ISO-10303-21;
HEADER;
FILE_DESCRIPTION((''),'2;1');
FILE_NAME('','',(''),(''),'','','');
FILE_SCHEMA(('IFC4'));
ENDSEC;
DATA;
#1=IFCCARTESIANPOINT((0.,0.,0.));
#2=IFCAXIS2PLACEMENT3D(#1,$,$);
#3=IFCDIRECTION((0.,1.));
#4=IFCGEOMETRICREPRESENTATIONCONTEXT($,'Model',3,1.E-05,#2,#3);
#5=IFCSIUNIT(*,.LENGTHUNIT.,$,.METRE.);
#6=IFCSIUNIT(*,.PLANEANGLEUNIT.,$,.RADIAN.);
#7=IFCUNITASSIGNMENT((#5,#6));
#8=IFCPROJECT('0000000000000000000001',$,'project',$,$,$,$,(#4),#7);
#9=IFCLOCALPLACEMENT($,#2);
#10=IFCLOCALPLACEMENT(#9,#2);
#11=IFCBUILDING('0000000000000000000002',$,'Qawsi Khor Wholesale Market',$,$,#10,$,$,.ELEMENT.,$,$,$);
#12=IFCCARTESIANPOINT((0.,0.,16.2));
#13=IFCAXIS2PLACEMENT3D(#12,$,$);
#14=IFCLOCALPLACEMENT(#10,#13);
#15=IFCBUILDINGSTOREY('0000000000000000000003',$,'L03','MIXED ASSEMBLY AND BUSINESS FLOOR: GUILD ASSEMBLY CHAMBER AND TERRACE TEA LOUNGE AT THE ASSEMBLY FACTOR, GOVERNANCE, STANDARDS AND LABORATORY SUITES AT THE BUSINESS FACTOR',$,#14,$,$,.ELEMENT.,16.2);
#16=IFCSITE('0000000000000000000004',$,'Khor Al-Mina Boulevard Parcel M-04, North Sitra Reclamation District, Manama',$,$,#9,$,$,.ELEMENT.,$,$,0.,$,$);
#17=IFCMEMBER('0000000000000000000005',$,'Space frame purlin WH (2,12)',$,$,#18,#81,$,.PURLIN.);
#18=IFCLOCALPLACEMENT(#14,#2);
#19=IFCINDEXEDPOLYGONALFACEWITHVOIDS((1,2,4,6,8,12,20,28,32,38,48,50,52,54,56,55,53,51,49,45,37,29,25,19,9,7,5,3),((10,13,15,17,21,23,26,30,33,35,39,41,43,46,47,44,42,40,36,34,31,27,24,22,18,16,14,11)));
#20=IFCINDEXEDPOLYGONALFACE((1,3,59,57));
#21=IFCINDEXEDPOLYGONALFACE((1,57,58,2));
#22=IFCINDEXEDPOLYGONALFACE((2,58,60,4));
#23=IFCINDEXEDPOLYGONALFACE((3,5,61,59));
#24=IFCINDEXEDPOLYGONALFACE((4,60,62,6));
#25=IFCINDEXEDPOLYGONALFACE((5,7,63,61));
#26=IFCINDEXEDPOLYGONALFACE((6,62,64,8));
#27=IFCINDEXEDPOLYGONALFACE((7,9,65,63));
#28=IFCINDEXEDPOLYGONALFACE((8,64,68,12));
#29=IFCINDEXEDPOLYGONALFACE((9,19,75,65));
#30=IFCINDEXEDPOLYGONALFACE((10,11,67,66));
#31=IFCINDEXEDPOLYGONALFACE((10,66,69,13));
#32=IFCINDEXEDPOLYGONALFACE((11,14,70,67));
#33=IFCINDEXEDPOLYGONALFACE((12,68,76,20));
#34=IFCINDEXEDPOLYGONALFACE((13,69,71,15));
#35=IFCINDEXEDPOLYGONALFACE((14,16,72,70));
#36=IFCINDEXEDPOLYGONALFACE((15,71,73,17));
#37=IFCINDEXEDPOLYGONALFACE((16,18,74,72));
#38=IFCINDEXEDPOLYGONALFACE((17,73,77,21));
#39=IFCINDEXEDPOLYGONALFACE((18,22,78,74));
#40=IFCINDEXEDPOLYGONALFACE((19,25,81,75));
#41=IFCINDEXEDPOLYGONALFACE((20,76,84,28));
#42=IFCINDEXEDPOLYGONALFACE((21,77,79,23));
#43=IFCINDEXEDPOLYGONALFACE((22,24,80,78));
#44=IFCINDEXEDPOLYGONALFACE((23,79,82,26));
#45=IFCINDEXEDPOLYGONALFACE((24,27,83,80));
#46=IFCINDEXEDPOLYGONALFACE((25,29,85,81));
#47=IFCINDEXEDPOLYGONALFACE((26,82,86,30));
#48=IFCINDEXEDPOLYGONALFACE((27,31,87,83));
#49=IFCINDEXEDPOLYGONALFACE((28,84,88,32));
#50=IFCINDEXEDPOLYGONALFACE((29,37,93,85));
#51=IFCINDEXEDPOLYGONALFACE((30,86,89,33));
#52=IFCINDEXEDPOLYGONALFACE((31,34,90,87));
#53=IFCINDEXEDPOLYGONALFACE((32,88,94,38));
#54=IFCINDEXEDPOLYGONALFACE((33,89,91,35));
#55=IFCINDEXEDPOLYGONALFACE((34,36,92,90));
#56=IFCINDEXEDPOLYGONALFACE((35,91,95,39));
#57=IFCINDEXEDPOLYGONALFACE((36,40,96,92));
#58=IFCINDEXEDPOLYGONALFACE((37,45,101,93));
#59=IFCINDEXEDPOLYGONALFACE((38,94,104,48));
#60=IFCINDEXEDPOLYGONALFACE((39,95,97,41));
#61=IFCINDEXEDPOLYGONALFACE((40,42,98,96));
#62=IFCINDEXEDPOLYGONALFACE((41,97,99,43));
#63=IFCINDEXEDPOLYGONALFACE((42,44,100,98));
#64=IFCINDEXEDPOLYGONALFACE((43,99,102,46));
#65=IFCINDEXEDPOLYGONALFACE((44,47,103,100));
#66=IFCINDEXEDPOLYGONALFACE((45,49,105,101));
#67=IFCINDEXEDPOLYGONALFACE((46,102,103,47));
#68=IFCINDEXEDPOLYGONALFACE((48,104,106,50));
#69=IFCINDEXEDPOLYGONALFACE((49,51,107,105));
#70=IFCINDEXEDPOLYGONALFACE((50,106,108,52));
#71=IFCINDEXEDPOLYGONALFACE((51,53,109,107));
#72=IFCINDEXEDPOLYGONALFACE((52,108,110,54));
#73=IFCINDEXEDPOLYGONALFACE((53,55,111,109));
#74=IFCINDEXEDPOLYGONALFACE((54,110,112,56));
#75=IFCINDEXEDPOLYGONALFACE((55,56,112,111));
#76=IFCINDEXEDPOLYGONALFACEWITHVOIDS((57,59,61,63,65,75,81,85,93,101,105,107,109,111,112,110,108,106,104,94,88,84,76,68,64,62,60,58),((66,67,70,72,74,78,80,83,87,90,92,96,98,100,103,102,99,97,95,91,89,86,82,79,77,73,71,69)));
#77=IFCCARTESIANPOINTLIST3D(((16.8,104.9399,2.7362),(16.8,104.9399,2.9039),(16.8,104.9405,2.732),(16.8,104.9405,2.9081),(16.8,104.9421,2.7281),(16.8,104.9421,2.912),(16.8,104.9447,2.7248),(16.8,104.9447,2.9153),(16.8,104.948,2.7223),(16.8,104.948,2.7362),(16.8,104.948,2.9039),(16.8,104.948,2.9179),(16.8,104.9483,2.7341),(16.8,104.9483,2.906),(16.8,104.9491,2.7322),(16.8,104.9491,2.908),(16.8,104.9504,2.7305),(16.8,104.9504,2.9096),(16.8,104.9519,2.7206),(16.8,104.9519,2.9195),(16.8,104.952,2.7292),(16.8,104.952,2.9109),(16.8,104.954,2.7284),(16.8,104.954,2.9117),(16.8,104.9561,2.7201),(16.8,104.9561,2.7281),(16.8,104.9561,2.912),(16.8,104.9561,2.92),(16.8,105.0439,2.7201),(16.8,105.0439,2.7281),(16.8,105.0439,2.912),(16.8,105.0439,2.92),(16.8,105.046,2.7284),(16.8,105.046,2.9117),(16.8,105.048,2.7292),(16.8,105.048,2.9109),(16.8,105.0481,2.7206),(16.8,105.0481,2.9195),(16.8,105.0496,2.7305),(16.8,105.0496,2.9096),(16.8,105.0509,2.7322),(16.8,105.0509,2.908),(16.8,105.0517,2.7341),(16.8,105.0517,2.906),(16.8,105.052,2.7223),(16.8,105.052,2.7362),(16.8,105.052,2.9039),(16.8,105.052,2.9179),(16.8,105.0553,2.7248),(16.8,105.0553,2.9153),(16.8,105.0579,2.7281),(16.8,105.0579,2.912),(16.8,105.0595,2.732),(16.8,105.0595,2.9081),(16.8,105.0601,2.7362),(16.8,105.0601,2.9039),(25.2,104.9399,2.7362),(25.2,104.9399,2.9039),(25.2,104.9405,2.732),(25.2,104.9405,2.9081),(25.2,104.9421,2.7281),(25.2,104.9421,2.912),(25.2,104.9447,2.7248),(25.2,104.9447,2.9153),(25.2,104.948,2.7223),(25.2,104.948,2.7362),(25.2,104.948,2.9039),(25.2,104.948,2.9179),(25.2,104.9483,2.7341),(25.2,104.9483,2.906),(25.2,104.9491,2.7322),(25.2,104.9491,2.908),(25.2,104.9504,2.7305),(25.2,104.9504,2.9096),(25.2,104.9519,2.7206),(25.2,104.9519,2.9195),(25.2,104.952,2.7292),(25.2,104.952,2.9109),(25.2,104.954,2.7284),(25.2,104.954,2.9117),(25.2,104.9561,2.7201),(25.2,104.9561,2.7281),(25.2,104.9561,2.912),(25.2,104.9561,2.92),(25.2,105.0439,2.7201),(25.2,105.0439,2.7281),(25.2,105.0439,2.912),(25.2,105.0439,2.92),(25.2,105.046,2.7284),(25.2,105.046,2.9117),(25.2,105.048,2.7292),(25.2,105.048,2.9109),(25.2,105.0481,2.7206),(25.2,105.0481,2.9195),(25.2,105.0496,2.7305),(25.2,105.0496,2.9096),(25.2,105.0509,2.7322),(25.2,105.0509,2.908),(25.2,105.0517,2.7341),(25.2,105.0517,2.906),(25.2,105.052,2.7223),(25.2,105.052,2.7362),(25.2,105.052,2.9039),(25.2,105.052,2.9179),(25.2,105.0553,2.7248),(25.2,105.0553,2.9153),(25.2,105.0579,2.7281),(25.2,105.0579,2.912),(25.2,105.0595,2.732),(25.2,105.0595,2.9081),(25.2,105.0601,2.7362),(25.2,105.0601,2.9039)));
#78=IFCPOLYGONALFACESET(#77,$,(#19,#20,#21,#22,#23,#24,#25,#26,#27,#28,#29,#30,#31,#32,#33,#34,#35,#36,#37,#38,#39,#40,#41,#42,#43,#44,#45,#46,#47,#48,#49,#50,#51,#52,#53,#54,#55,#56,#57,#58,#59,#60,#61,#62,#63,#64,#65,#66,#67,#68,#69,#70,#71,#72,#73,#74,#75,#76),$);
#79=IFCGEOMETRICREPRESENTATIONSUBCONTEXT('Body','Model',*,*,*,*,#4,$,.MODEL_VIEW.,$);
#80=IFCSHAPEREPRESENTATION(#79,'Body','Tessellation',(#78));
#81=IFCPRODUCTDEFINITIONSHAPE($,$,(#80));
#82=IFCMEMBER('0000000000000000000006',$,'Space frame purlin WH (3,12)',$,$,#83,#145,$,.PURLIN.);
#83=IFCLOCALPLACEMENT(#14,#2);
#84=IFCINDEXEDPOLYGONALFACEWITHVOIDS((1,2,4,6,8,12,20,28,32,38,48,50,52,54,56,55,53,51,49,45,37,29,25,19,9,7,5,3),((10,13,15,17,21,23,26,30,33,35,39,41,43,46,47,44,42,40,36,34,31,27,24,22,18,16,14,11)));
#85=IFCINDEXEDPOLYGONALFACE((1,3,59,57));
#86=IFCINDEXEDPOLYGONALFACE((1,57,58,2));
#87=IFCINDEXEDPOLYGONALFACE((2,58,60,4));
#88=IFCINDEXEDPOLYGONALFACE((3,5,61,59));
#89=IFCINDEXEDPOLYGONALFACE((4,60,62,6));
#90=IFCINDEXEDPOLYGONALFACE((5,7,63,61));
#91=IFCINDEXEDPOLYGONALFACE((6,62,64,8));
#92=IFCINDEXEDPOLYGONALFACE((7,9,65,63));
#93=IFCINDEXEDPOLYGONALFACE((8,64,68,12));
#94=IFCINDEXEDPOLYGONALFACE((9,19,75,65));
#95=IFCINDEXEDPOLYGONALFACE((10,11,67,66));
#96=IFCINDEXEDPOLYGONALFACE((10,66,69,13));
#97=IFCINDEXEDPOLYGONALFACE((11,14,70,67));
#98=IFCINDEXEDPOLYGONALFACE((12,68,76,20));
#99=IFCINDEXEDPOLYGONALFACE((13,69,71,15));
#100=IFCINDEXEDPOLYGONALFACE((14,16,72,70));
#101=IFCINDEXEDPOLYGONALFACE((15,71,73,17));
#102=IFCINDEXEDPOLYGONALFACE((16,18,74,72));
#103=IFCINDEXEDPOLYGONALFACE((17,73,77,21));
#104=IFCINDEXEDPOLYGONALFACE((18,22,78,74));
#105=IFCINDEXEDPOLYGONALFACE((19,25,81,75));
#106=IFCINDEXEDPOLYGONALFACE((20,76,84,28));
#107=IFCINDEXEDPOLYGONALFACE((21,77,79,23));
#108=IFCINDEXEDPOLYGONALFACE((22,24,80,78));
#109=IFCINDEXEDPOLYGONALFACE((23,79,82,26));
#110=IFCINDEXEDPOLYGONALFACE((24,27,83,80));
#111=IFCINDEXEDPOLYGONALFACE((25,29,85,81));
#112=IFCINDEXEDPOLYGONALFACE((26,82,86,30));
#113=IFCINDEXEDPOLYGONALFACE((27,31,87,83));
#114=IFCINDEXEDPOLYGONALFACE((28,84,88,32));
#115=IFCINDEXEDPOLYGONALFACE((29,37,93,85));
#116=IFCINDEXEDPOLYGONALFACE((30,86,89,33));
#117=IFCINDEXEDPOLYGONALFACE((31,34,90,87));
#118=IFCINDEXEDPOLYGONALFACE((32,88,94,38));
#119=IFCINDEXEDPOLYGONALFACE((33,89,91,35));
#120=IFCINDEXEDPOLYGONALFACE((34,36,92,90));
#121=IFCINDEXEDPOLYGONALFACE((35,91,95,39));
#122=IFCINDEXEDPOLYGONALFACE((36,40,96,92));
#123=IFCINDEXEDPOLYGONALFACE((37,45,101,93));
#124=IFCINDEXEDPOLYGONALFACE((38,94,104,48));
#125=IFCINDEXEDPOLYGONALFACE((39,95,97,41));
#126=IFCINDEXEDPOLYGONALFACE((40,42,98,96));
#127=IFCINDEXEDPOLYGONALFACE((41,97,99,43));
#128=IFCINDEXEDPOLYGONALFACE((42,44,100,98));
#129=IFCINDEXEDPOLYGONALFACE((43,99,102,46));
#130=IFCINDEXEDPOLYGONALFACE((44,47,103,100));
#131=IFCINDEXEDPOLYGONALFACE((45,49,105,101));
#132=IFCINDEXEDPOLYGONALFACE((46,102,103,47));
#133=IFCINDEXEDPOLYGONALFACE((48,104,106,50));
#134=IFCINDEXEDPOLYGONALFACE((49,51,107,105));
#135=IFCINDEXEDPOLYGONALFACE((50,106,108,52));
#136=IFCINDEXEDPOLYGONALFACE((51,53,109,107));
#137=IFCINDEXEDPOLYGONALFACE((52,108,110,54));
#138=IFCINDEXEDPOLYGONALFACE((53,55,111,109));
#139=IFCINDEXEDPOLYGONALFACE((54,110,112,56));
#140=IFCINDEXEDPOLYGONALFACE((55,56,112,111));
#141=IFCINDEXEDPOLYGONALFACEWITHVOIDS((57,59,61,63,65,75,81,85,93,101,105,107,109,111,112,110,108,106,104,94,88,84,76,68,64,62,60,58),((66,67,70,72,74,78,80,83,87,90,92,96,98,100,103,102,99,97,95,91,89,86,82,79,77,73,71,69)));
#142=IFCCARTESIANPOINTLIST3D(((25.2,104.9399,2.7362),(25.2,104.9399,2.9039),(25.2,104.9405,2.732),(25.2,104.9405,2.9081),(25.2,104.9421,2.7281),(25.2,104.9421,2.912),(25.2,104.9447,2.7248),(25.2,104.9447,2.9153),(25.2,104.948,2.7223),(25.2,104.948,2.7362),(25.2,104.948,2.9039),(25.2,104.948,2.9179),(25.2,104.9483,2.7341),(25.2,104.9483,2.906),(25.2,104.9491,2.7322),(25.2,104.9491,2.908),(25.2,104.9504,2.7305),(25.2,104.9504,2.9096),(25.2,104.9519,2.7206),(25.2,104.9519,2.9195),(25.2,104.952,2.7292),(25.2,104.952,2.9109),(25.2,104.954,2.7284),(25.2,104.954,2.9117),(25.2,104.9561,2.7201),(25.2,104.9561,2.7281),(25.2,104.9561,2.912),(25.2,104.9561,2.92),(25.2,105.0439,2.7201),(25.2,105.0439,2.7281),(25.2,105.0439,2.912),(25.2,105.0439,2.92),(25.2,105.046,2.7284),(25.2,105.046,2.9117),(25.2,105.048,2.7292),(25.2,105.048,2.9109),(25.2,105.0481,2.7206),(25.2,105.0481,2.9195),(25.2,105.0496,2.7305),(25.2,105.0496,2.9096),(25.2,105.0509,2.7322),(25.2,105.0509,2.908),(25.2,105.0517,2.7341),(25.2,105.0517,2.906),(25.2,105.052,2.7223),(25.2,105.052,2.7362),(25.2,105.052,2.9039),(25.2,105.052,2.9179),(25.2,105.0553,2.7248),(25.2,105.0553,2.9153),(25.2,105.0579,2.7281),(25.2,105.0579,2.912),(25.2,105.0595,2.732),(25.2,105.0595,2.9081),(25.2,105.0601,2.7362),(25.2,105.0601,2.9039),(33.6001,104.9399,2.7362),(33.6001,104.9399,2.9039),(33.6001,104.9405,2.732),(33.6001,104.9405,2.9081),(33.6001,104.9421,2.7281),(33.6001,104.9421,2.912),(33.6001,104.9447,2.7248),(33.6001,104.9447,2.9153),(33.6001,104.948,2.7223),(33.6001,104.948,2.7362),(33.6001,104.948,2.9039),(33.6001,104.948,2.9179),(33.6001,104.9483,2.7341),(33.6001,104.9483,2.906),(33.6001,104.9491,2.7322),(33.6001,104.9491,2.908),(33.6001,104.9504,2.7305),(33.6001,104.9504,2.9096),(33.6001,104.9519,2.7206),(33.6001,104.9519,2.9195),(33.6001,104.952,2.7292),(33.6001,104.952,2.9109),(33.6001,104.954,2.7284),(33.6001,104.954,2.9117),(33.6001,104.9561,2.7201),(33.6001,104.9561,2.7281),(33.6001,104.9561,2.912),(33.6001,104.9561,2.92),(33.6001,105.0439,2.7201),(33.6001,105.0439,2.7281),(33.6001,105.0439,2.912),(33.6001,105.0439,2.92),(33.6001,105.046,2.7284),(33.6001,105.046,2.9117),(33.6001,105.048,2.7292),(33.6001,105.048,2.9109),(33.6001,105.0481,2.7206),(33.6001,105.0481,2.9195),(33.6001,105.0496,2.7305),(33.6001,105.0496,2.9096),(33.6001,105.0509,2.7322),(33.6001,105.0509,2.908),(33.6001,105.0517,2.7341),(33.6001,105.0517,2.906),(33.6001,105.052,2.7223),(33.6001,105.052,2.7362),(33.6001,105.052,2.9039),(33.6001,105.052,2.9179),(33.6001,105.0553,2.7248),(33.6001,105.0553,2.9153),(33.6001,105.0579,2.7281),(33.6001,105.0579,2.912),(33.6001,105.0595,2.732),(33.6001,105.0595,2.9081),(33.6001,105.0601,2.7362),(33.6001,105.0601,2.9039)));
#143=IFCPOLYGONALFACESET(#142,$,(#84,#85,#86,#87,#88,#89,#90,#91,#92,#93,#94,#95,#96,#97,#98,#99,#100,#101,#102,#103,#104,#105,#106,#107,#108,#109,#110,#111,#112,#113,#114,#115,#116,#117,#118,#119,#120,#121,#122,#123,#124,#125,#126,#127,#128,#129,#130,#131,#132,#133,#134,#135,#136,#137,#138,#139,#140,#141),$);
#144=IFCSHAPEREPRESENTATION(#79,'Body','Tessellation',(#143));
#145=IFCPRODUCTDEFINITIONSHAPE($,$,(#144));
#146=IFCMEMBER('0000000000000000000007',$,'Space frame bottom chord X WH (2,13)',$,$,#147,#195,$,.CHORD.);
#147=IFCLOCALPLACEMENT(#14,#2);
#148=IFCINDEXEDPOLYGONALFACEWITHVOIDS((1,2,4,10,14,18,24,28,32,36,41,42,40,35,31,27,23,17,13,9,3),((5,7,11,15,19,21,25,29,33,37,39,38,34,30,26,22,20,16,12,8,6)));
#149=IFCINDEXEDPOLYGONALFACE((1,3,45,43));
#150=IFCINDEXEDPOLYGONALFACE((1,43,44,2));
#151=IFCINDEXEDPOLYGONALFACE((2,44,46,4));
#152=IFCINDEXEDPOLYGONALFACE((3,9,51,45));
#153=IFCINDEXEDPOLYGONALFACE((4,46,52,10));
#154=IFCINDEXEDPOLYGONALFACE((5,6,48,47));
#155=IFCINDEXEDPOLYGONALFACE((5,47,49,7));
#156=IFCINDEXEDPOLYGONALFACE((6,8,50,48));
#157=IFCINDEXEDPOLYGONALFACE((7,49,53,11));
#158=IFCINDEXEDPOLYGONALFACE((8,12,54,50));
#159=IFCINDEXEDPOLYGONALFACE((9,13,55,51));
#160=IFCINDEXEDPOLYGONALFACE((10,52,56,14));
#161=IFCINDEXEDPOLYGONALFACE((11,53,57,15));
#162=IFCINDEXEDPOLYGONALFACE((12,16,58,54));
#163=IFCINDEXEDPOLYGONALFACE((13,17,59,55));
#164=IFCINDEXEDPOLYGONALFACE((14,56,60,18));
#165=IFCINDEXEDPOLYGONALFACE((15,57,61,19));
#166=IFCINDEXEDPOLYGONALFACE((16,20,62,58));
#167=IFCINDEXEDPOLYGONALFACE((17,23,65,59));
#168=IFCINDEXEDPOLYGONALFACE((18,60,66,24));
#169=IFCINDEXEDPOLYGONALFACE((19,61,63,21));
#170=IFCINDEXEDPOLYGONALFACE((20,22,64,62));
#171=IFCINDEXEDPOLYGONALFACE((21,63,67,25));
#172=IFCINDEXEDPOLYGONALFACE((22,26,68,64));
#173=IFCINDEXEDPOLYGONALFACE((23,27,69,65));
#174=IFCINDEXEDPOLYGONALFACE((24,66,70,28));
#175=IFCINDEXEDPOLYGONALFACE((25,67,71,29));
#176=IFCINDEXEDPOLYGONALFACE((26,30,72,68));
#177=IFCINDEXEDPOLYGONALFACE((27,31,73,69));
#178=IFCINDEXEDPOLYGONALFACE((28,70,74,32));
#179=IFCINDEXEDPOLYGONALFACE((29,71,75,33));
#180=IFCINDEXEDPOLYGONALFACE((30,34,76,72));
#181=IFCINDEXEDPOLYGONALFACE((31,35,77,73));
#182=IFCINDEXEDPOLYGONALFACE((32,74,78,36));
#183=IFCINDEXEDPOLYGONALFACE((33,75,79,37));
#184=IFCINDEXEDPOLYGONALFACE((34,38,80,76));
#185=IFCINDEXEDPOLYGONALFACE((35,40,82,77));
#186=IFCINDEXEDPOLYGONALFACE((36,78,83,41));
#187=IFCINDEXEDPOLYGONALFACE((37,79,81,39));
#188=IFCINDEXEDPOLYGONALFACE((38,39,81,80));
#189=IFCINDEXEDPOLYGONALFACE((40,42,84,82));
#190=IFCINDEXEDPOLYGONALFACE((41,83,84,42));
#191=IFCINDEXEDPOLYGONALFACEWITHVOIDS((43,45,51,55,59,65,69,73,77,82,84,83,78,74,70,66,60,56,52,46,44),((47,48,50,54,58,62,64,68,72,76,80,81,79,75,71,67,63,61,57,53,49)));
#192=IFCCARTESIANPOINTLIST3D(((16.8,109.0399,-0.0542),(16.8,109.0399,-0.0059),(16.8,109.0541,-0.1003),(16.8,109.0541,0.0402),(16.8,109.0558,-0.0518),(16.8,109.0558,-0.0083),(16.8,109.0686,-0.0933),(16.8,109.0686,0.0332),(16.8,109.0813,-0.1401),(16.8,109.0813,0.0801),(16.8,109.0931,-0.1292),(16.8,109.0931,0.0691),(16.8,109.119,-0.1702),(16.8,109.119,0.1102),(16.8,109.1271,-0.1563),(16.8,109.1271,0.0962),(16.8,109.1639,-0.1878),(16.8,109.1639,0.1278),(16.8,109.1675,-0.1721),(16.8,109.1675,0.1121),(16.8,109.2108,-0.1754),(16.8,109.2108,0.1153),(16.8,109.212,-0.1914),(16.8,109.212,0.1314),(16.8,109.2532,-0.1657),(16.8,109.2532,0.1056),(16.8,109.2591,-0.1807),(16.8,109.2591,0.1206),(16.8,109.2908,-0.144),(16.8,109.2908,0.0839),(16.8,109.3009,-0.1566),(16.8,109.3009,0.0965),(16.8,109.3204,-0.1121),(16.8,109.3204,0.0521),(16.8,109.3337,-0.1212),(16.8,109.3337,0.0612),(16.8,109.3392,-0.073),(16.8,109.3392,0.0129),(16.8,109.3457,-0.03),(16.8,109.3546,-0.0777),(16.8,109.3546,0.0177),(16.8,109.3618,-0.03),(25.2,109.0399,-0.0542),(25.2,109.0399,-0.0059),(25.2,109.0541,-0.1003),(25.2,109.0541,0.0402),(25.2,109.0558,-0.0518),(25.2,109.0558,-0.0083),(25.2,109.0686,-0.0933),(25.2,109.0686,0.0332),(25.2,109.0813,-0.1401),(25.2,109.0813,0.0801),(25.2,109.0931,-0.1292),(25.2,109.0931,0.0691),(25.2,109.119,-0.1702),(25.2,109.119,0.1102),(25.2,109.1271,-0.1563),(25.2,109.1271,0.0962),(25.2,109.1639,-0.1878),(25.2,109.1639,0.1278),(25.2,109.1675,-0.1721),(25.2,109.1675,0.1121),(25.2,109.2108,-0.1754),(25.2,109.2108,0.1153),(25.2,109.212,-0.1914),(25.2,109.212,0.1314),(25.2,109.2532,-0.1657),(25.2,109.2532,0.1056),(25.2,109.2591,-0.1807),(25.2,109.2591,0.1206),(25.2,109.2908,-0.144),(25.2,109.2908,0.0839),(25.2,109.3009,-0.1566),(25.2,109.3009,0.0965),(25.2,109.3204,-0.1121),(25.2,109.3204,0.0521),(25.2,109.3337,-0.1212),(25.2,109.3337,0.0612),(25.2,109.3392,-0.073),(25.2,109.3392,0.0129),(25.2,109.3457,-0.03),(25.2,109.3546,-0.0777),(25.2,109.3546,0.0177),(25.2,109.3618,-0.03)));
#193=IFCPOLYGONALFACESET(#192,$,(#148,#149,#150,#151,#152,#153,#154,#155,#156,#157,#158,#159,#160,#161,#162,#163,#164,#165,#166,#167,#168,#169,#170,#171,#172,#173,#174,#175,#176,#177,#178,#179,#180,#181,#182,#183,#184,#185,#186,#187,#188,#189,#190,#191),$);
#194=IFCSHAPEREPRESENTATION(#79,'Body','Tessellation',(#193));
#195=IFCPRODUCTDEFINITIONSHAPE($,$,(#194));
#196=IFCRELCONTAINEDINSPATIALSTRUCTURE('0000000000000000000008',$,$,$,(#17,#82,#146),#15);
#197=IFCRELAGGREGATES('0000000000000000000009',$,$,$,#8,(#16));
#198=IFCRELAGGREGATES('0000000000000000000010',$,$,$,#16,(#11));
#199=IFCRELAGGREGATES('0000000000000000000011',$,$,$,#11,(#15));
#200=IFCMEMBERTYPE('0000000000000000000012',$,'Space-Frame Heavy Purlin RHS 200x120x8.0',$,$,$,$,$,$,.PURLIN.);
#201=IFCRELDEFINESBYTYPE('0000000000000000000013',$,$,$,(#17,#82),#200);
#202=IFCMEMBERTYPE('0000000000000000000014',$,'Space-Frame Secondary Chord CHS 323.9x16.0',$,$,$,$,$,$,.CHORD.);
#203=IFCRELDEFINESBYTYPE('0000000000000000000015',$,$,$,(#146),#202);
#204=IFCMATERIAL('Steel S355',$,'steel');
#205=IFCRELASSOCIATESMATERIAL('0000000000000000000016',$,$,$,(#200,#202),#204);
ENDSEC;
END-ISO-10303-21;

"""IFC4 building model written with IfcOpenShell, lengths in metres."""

from ifc_helpers import new_model, si_unit, direction, frame, origin, origin_2d, place, context, subcontext, project, spatial, hollow_rectangle, hollow_circle, extrude, material, material_profile, profile_set, type_object, element, save


model = new_model("IFC4")

# Units and contexts
model_context = context("Model", 3, precision=1e-05, world=origin(), true_north=direction((0.0, 1.0)))
body_context = subcontext(model_context, "Body", "Model", "MODEL_VIEW")
ifc_project = project(units=[si_unit("LENGTHUNIT", "METRE"), si_unit("PLANEANGLEUNIT", "RADIAN")], contexts=[model_context])

# Site, building, storey
site_placement = place(None, origin())
site = spatial("IfcSite", under=ifc_project, at=site_placement, Name="Khor Al-Mina Boulevard Parcel M-04, North Sitra Reclamation District, Manama", CompositionType="ELEMENT", RefElevation=0.0)
building_placement = place(site_placement, origin())
building = spatial("IfcBuilding", under=site, at=building_placement, Name="Qawsi Khor Wholesale Market", CompositionType="ELEMENT")
storey_placement = place(building_placement, frame((0.0, 0.0, 16.2)))
storey = spatial("IfcBuildingStorey", under=building, at=storey_placement, Name="L03", Description="MIXED ASSEMBLY AND BUSINESS FLOOR: GUILD ASSEMBLY CHAMBER AND TERRACE TEA LOUNGE AT THE ASSEMBLY FACTOR, GOVERNANCE, STANDARDS AND LABORATORY SUITES AT THE BUSINESS FACTOR", CompositionType="ELEMENT", Elevation=16.2)

# Members
ifc_material_1 = material(Name="Steel S355", Category="steel")
ifc_material_profile_1 = material_profile(ifc_material_1, hollow_rectangle(XDim=0.1201, YDim=0.2, WallThickness=0.0081, InnerFilletRadius=0.0081, OuterFilletRadius=0.0161, at=origin_2d()), Name="RHS 200x120x8.0")
ifc_profile_set_1 = profile_set([ifc_material_profile_1], Name="Steel S355")
member_type_1 = type_object("IfcMemberType", Name="Space-Frame Heavy Purlin RHS 200x120x8.0", PredefinedType="PURLIN", material=ifc_profile_set_1)
member_1_placement = place(storey_placement, frame((16.8, 105.0, 2.8201), z_axis=(1.0, 0.0, 0.0), x_axis=(0.0, 1.0, 0.0)))
element("IfcMember", 1, at=member_1_placement, inside=storey, type_object=member_type_1, Name="Space frame purlin WH (2,12)", PredefinedType="PURLIN", context=body_context, shape_type="SweptSolid", body=[
    extrude(hollow_rectangle(XDim=0.1201, YDim=0.2, WallThickness=0.0081, InnerFilletRadius=0.0081, OuterFilletRadius=0.0161, at=origin_2d()), origin(), (0.0, 0.0, 1.0), 8.3999),
])
member_2_placement = place(storey_placement, frame((25.2, 105.0, 2.8201), z_axis=(1.0, 0.0, 0.0), x_axis=(0.0, 1.0, 0.0)))
element("IfcMember", 2, at=member_2_placement, inside=storey, type_object=member_type_1, Name="Space frame purlin WH (3,12)", PredefinedType="PURLIN", context=body_context, shape_type="SweptSolid", body=[
    extrude(hollow_rectangle(XDim=0.1201, YDim=0.2, WallThickness=0.0081, InnerFilletRadius=0.0081, OuterFilletRadius=0.0161, at=origin_2d()), origin(), (0.0, 0.0, 1.0), 8.4001),
])
ifc_material_profile_2 = material_profile(ifc_material_1, hollow_circle(Radius=0.1619, WallThickness=0.0161, at=origin_2d()), Name="CHS 323.9x16.0")
ifc_profile_set_2 = profile_set([ifc_material_profile_2], Name="Steel S355")
member_type_2 = type_object("IfcMemberType", Name="Space-Frame Secondary Chord CHS 323.9x16.0", PredefinedType="CHORD", material=ifc_profile_set_2)
member_3_placement = place(storey_placement, frame((16.8, 109.2, -0.03), z_axis=(1.0, 0.0, 0.0), x_axis=(0.0, 1.0, 0.0)))
element("IfcMember", 3, at=member_3_placement, inside=storey, type_object=member_type_2, Name="Space frame bottom chord X WH (2,13)", PredefinedType="CHORD", context=body_context, shape_type="SweptSolid", body=[
    extrude(hollow_circle(Radius=0.1619, WallThickness=0.0161, at=origin_2d()), origin(), (0.0, 0.0, 1.0), 8.3999),
])

save(model, "model.ifc")
